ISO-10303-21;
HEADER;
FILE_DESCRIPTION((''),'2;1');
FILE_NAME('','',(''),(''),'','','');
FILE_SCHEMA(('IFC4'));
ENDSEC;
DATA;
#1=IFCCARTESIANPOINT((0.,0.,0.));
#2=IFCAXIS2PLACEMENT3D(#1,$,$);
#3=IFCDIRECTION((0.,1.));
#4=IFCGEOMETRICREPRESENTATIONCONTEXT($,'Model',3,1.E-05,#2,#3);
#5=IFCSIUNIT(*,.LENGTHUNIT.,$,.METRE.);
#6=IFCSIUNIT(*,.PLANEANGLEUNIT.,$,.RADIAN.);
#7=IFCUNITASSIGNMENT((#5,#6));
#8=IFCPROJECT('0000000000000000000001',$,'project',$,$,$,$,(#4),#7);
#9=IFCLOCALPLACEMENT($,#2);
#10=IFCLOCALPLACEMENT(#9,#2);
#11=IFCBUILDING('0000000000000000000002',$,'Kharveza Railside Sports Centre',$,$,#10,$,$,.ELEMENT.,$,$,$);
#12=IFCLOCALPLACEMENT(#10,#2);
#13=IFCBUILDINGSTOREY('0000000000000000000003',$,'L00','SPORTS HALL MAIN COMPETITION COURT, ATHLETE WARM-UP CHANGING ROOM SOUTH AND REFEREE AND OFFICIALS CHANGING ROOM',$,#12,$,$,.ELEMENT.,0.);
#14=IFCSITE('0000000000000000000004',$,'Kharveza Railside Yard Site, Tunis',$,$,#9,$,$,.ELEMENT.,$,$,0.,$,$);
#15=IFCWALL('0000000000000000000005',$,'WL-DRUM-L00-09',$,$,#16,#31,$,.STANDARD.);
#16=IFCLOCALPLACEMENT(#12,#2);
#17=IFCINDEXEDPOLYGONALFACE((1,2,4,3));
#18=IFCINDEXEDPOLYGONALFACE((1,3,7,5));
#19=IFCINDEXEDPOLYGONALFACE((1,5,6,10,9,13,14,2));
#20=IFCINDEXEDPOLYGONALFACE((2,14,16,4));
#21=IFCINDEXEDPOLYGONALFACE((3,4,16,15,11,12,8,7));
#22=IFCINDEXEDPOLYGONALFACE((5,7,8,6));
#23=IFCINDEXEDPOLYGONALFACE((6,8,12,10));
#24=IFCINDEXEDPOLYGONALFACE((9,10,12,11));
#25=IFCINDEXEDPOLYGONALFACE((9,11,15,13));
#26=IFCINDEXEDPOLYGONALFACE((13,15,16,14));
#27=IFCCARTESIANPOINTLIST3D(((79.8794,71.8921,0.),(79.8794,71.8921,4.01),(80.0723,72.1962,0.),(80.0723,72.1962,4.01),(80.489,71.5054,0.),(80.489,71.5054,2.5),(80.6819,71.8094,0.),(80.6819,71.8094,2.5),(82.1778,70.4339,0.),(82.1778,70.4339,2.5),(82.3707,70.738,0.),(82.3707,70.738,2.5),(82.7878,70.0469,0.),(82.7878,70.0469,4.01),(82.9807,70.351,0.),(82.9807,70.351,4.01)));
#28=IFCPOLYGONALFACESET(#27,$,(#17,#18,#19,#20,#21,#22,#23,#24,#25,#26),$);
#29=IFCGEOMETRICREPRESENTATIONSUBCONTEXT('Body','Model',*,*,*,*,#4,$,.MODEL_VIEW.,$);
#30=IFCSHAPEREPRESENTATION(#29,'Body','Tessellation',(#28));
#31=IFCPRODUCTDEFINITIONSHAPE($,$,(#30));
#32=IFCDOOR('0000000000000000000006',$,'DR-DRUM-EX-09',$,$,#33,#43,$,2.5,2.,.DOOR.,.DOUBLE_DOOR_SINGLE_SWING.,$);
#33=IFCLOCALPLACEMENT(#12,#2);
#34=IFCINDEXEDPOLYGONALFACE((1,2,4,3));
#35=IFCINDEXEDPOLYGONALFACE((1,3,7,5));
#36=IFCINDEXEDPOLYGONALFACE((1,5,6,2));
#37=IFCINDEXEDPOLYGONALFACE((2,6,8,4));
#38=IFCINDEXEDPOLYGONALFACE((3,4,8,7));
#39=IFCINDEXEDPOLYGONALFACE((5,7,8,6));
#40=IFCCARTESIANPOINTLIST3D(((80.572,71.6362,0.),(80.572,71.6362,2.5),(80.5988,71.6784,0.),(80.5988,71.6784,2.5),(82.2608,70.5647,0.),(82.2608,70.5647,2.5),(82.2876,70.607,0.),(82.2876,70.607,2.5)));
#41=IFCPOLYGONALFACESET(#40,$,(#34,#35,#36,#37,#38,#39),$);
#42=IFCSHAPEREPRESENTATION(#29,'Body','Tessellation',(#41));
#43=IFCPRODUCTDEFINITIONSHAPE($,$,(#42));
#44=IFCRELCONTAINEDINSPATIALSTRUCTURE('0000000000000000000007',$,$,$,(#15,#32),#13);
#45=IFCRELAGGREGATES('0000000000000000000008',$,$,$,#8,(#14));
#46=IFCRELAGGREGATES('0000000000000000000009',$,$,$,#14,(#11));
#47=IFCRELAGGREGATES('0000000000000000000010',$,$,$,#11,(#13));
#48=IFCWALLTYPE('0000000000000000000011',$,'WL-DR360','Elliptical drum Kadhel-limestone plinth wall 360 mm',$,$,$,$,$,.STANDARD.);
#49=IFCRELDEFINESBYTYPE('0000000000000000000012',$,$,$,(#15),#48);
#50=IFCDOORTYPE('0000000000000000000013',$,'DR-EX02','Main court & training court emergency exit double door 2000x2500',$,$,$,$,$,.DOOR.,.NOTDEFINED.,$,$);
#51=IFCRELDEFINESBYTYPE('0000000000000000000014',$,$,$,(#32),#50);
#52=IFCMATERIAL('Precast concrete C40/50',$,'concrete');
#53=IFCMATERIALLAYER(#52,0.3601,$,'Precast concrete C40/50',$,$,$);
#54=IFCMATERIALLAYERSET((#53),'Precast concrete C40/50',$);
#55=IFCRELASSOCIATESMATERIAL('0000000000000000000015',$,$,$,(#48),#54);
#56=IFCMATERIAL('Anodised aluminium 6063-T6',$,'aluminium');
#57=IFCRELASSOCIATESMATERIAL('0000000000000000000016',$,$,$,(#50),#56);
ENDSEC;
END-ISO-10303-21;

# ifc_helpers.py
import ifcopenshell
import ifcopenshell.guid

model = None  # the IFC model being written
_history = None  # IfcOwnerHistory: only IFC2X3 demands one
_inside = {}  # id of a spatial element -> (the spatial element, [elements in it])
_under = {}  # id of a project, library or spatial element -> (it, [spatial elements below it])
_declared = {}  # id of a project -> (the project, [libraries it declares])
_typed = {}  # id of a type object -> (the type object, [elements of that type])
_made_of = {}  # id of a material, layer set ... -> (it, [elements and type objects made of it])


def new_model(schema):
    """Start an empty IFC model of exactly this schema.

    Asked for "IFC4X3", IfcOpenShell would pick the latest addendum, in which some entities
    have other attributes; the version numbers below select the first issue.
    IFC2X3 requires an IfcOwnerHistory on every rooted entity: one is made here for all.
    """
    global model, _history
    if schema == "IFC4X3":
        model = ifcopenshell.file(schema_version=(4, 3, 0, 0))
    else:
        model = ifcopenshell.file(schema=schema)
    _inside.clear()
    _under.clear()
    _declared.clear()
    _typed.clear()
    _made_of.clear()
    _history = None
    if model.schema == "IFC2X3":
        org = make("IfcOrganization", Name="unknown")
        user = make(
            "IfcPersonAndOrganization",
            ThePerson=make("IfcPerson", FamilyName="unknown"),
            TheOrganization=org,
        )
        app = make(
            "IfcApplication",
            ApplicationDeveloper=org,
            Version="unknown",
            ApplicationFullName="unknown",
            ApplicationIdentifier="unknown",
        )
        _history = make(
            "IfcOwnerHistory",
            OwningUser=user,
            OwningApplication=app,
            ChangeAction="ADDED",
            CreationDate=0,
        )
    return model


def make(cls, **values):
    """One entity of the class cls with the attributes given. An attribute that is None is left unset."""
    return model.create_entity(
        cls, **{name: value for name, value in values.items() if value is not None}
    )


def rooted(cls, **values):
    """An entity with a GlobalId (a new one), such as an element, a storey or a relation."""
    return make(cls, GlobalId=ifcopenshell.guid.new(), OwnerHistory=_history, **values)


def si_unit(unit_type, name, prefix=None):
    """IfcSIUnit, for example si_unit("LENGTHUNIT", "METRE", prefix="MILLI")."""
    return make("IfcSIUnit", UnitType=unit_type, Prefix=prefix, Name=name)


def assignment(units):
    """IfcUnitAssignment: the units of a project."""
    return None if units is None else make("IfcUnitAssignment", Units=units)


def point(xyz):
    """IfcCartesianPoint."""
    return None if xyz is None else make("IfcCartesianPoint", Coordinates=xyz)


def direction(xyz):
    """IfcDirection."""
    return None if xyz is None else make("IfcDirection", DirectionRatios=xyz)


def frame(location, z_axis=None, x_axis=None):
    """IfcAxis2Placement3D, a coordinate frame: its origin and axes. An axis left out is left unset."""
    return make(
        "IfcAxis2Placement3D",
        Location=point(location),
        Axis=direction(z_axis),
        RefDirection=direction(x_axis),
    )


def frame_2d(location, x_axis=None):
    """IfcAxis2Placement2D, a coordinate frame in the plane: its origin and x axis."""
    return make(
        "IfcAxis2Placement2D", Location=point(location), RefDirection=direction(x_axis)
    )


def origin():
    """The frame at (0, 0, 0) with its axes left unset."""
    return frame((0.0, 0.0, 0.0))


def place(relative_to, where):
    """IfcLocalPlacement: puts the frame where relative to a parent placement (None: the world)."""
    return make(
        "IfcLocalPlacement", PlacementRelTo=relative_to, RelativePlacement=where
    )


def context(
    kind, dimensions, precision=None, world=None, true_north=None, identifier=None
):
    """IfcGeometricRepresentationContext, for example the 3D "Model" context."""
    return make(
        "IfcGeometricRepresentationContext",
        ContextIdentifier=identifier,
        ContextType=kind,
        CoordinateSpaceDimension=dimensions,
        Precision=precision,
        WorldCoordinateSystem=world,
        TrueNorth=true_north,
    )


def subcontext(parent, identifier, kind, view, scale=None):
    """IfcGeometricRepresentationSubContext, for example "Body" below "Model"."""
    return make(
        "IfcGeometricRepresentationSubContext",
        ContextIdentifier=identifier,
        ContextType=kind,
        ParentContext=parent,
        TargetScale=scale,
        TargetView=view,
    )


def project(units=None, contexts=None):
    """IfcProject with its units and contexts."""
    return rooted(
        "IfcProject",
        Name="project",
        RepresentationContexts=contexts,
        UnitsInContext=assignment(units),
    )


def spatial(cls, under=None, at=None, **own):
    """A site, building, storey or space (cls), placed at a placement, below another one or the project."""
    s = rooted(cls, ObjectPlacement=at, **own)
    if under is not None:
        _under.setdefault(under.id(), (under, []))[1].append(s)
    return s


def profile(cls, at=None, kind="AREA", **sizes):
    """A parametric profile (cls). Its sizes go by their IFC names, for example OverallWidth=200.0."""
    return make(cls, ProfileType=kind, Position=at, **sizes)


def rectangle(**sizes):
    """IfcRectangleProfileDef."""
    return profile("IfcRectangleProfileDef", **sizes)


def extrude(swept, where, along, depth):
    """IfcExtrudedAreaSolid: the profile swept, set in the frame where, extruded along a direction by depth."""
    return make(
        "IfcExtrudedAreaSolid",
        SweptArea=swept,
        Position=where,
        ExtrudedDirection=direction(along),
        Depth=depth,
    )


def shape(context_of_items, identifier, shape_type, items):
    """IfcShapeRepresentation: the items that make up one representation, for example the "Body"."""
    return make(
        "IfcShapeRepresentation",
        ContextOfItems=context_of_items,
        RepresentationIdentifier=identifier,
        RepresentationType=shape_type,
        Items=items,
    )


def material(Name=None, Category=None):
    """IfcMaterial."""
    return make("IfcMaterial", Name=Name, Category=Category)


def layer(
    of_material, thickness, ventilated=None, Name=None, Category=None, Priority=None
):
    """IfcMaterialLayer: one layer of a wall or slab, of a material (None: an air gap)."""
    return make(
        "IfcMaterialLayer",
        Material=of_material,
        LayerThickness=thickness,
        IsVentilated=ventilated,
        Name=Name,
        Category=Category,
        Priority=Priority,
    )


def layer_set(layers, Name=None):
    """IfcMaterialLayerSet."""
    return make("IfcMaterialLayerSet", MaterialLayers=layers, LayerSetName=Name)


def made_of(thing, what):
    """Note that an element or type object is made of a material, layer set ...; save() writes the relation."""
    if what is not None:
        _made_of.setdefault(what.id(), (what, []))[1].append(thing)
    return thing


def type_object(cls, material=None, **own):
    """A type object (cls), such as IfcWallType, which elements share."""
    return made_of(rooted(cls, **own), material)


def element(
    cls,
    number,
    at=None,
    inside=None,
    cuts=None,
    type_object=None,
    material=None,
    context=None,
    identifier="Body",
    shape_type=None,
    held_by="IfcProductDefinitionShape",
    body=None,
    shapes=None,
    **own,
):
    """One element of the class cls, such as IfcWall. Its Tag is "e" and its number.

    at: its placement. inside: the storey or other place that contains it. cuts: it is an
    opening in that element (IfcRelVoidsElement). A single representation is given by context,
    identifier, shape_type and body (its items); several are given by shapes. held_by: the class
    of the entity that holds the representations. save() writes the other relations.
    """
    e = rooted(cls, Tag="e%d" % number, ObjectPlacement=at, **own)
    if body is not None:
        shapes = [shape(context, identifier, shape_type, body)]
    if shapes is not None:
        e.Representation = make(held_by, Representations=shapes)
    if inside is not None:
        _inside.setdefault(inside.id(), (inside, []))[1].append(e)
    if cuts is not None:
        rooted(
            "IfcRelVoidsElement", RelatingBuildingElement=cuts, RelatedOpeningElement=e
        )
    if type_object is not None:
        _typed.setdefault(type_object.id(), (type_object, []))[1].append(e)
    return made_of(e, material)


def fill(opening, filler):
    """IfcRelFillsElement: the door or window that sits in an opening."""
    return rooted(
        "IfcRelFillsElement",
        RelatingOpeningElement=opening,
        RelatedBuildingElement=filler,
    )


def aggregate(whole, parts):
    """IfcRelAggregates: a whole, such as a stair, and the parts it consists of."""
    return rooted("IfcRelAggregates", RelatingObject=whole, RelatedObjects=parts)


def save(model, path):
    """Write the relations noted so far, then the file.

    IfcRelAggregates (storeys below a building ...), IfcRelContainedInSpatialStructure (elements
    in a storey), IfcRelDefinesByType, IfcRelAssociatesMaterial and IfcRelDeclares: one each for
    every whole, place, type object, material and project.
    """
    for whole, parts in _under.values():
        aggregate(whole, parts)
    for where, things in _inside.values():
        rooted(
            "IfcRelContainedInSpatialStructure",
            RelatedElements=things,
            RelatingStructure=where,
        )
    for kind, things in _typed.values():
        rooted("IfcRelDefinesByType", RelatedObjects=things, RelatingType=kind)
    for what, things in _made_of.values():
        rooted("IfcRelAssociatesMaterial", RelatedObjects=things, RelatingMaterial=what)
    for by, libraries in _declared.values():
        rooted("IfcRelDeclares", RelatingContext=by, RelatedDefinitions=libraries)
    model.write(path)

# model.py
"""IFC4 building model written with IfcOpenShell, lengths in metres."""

from ifc_helpers import new_model, si_unit, direction, frame, frame_2d, origin, place, context, subcontext, project, spatial, rectangle, extrude, material, layer, layer_set, type_object, element, fill, save


model = new_model("IFC4")

# Units and contexts
model_context = context("Model", 3, precision=1e-05, world=origin(), true_north=direction((0.0, 1.0)))
body_context = subcontext(model_context, "Body", "Model", "MODEL_VIEW")
ifc_project = project(units=[si_unit("LENGTHUNIT", "METRE"), si_unit("PLANEANGLEUNIT", "RADIAN")], contexts=[model_context])

# Site, building, storey
site_placement = place(None, origin())
site = spatial("IfcSite", under=ifc_project, at=site_placement, Name="Kharveza Railside Yard Site, Tunis", CompositionType="ELEMENT", RefElevation=0.0)
building_placement = place(site_placement, origin())
building = spatial("IfcBuilding", under=site, at=building_placement, Name="Kharveza Railside Sports Centre", CompositionType="ELEMENT")
storey_placement = place(building_placement, origin())
storey = spatial("IfcBuildingStorey", under=building, at=storey_placement, Name="L00", Description="SPORTS HALL MAIN COMPETITION COURT, ATHLETE WARM-UP CHANGING ROOM SOUTH AND REFEREE AND OFFICIALS CHANGING ROOM", CompositionType="ELEMENT", Elevation=0.0)

# Shared definitions
ifc_material_1 = material(Name="Precast concrete C40/50", Category="concrete")
ifc_layer = layer(ifc_material_1, 0.3601, Name="Precast concrete C40/50")
ifc_layer_set = layer_set([ifc_layer], Name="Precast concrete C40/50")
wall_type = type_object("IfcWallType", Name="WL-DR360", Description="Elliptical drum Kadhel-limestone plinth wall 360 mm", PredefinedType="STANDARD", material=ifc_layer_set)

# Wall, opening, door
wall_1_placement = place(storey_placement, frame((82.8843, 70.199, 0.0), z_axis=(0.0, 0.0, 1.0), x_axis=(-0.844399, 0.535715, 0.0)))
wall_1 = element("IfcWall", 1, at=wall_1_placement, inside=storey, type_object=wall_type, Name="WL-DRUM-L00-09", PredefinedType="STANDARD", context=body_context, shape_type="SweptSolid", body=[
    extrude(rectangle(XDim=3.4443, YDim=0.3601, at=frame_2d((1.7222, 0.0))), origin(), (0.0, 0.0, 1.0), 4.01),
])
opening_1_placement = place(wall_1_placement, frame((0.7224, 0.0, 0.0)))
opening_1 = element("IfcOpeningElement", 2, at=opening_1_placement, cuts=wall_1, PredefinedType="OPENING", context=body_context, shape_type="SweptSolid", body=[
    extrude(rectangle(XDim=2.0, YDim=2.5, at=frame_2d((1.0, 1.25))), frame((0.0, 0.2051, 0.0), z_axis=(0.0, -1.0, 0.0), x_axis=(1.0, 0.0, 0.0)), (0.0, 0.0, 1.0), 0.4099),
])
ifc_material_2 = material(Name="Anodised aluminium 6063-T6", Category="aluminium")
door_type = type_object("IfcDoorType", Name="DR-EX02", Description="Main court & training court emergency exit double door 2000x2500", OperationType="NOTDEFINED", PredefinedType="DOOR", material=ifc_material_2)
door_placement = place(opening_1_placement, frame((2.0, 0.0, 0.0), z_axis=(0.0, 0.0, 1.0), x_axis=(-1.0, 0.0, 0.0)))
door = element("IfcDoor", 3, at=door_placement, inside=storey, type_object=door_type, Name="DR-DRUM-EX-09", OperationType="DOUBLE_DOOR_SINGLE_SWING", OverallHeight=2.5, OverallWidth=2.0, PredefinedType="DOOR", context=body_context, shape_type="SweptSolid", body=[
    extrude(rectangle(XDim=2.0, YDim=2.5, at=frame_2d((1.0, 1.25))), frame((0.0, 0.0249, 0.0), z_axis=(0.0, -1.0, 0.0), x_axis=(1.0, 0.0, 0.0)), (0.0, 0.0, 1.0), 0.05),
])
fill(opening_1, door)

save(model, "model.ifc")
